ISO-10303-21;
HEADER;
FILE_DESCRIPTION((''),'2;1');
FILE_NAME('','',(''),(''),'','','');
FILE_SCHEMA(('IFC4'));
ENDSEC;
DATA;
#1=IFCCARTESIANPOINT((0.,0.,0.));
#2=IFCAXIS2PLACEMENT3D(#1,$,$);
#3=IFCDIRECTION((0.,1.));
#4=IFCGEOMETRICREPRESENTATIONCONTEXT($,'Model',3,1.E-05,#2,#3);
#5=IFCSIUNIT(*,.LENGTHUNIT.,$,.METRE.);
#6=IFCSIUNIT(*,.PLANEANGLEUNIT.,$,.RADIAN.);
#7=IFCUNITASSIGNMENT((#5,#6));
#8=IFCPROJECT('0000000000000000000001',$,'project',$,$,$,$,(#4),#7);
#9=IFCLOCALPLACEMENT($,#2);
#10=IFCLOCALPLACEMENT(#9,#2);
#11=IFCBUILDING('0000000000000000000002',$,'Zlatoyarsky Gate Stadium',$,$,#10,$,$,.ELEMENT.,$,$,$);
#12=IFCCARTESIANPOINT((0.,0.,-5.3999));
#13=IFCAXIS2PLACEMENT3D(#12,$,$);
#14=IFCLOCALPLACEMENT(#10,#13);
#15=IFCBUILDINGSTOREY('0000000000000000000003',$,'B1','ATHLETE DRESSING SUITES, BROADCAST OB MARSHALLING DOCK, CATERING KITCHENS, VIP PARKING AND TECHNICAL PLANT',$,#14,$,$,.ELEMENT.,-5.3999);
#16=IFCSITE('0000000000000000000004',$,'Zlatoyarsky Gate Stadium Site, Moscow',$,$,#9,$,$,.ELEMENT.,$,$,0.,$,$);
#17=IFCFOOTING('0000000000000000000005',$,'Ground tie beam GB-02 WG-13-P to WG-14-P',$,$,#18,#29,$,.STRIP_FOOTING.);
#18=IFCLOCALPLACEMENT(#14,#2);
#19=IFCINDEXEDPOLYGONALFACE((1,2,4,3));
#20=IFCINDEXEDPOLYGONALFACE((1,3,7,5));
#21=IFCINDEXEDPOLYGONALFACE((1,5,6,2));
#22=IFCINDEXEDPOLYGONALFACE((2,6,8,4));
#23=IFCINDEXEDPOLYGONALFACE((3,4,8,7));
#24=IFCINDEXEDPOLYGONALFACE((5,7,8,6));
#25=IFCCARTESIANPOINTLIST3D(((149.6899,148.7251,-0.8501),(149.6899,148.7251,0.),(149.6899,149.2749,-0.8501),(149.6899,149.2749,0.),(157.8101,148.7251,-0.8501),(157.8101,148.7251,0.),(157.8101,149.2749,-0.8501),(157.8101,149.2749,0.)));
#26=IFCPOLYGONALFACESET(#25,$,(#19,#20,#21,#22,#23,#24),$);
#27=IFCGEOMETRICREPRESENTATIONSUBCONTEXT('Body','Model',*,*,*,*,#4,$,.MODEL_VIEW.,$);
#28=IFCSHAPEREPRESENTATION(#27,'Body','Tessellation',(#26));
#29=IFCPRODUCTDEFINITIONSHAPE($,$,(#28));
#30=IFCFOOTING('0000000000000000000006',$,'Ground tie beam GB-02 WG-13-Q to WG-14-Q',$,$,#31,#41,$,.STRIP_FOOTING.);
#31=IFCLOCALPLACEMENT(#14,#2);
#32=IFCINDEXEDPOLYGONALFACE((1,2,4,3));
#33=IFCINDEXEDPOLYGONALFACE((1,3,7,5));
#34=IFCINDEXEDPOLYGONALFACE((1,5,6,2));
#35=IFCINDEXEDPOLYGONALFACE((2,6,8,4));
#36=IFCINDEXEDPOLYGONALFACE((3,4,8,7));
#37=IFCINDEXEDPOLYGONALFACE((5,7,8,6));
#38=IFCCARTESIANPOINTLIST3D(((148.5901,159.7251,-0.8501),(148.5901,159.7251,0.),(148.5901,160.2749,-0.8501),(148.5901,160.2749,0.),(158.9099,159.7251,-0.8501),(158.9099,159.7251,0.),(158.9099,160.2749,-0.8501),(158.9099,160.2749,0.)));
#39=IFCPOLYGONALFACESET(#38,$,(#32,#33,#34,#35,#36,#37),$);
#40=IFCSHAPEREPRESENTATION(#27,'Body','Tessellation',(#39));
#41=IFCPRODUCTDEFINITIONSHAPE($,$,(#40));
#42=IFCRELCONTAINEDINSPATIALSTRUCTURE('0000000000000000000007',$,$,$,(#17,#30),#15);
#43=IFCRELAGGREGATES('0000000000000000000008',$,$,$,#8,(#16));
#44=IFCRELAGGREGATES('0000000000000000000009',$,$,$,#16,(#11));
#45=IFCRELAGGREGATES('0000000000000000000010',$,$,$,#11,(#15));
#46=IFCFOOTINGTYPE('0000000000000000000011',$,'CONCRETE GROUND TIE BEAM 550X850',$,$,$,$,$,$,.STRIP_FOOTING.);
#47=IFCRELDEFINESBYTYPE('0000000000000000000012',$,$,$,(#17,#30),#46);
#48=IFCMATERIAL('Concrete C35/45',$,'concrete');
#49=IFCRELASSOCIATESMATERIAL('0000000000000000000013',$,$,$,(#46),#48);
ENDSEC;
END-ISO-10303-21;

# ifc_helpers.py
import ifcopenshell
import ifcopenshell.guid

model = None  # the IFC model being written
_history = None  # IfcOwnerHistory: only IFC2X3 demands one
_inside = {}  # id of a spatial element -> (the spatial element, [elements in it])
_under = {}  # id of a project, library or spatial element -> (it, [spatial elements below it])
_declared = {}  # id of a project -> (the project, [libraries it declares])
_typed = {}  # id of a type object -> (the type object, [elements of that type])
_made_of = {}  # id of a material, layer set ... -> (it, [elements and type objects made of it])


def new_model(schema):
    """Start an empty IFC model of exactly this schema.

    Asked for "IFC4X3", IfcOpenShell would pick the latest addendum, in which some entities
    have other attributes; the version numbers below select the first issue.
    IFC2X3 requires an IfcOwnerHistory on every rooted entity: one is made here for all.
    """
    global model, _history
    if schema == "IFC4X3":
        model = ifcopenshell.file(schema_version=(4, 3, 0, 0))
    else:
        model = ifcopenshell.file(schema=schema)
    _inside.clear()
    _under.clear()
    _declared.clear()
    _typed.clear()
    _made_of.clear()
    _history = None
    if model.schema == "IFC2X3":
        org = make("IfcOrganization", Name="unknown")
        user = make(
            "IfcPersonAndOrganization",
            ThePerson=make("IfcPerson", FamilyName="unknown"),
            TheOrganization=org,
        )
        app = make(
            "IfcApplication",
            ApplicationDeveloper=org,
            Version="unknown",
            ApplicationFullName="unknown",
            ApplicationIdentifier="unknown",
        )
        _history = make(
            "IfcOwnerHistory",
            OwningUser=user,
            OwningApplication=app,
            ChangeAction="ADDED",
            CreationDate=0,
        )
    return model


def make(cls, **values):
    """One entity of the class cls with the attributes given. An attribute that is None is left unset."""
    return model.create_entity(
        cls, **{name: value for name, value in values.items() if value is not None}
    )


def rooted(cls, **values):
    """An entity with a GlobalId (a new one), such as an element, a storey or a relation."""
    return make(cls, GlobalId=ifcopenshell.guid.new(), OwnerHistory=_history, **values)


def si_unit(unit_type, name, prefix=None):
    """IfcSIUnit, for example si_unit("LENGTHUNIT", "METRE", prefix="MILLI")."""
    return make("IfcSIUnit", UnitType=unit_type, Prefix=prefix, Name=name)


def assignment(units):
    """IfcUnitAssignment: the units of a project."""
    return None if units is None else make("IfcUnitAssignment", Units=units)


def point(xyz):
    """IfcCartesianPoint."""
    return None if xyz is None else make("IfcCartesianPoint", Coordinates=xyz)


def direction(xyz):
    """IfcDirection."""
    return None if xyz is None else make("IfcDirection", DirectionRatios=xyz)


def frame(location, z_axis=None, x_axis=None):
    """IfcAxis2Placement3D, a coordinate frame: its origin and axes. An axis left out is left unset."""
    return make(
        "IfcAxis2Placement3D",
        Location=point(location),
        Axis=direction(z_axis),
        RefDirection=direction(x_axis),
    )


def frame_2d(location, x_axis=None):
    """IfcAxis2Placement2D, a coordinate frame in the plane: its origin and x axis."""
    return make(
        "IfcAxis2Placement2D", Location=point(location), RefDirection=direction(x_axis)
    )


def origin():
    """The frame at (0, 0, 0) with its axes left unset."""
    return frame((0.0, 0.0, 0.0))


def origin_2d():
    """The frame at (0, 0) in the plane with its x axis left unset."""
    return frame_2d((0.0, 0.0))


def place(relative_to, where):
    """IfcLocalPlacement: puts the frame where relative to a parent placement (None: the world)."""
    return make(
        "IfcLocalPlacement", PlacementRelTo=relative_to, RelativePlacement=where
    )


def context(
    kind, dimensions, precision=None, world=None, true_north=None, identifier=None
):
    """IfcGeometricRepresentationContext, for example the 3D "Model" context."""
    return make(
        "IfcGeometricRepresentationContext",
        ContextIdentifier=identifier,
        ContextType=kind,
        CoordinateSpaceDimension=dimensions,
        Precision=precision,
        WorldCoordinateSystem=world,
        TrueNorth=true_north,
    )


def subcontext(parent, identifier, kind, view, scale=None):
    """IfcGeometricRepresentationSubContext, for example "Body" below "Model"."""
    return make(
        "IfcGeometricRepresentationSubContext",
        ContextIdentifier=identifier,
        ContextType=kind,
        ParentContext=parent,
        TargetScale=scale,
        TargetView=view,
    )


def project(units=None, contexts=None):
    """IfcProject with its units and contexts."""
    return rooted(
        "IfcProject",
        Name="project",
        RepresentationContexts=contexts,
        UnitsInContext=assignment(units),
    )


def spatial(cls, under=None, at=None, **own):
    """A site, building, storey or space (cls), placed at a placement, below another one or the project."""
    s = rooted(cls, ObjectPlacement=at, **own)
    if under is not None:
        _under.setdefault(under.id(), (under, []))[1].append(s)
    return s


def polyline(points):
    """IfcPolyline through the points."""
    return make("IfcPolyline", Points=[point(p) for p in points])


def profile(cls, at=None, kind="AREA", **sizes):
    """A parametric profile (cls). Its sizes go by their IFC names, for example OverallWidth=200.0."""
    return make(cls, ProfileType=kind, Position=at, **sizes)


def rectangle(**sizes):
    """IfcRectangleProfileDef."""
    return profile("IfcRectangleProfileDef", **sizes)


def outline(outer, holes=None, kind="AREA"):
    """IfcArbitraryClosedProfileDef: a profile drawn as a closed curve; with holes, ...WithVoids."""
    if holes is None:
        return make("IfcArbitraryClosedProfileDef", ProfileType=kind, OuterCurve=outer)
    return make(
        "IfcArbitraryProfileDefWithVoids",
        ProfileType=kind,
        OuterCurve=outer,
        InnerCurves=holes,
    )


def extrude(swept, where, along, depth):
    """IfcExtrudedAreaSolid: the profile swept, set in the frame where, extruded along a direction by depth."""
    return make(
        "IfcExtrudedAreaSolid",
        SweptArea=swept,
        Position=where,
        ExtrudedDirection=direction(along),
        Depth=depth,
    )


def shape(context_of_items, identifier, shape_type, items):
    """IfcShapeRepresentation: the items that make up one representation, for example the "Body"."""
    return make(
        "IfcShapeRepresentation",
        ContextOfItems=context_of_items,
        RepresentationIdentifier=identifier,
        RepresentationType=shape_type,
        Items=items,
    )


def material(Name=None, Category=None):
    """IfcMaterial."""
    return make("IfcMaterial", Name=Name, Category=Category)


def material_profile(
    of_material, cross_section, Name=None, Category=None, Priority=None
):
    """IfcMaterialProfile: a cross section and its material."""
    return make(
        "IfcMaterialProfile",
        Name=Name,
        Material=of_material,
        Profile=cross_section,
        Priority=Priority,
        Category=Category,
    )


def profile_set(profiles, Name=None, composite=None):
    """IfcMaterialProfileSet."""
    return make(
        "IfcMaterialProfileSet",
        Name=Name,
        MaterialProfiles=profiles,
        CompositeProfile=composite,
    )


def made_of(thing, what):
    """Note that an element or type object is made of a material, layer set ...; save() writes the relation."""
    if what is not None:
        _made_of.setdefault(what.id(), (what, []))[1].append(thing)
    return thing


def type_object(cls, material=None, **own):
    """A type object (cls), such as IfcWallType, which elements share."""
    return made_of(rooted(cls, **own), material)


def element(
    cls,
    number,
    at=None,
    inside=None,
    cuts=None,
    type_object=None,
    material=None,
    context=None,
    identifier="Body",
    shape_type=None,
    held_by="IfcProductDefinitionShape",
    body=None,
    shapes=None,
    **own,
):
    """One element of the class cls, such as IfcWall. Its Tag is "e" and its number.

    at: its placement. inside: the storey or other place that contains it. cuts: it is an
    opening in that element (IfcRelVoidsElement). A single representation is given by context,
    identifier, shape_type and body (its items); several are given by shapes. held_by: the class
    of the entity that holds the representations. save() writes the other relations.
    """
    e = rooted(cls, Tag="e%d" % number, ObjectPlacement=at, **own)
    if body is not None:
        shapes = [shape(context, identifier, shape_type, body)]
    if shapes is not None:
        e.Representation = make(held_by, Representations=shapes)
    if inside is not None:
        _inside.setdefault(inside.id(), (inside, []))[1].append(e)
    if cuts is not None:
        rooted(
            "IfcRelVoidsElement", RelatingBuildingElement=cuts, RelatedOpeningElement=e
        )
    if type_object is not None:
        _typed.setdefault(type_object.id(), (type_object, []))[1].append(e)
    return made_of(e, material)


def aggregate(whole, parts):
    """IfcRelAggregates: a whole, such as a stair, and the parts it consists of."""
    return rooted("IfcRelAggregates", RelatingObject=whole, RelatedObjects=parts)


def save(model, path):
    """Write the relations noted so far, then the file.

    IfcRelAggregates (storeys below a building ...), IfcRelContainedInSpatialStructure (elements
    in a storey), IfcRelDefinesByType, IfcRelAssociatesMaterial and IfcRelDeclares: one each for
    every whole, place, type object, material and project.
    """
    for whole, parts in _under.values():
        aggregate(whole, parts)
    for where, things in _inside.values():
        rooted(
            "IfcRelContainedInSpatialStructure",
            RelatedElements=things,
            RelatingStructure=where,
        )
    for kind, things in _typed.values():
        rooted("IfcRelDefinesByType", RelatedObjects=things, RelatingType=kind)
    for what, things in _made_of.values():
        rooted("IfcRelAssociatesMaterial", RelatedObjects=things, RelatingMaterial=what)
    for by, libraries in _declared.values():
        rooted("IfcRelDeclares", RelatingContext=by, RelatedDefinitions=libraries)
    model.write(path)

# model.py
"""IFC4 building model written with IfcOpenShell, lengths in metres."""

from ifc_helpers import new_model, si_unit, direction, frame, origin, origin_2d, place, context, subcontext, project, spatial, polyline, rectangle, outline, extrude, material, material_profile, profile_set, type_object, element, save


model = new_model("IFC4")

# Units and contexts
model_context = context("Model", 3, precision=1e-05, world=origin(), true_north=direction((0.0, 1.0)))
body_context = subcontext(model_context, "Body", "Model", "MODEL_VIEW")
ifc_project = project(units=[si_unit("LENGTHUNIT", "METRE"), si_unit("PLANEANGLEUNIT", "RADIAN")], contexts=[model_context])

# Site, building, storey
site_placement = place(None, origin())
site = spatial("IfcSite", under=ifc_project, at=site_placement, Name="Zlatoyarsky Gate Stadium Site, Moscow", CompositionType="ELEMENT", RefElevation=0.0)
building_placement = place(site_placement, origin())
building = spatial("IfcBuilding", under=site, at=building_placement, Name="Zlatoyarsky Gate Stadium", CompositionType="ELEMENT")
storey_placement = place(building_placement, frame((0.0, 0.0, -5.3999)))
storey = spatial("IfcBuildingStorey", under=building, at=storey_placement, Name="B1", Description="ATHLETE DRESSING SUITES, BROADCAST OB MARSHALLING DOCK, CATERING KITCHENS, VIP PARKING AND TECHNICAL PLANT", CompositionType="ELEMENT", Elevation=-5.3999)

# Footings
ifc_material = material(Name="Concrete C35/45", Category="concrete")
ifc_material_profile = material_profile(ifc_material, rectangle(XDim=0.55, YDim=0.8501, at=origin_2d()), Name="GB 550X850")
ifc_profile_set = profile_set([ifc_material_profile], Name="Concrete C35/45")
footing_type = type_object("IfcFootingType", Name="CONCRETE GROUND TIE BEAM 550X850", PredefinedType="STRIP_FOOTING", material=ifc_profile_set)
footing_1_placement = place(storey_placement, frame((0.0, 0.0, -0.8501)))
element("IfcFooting", 1, at=footing_1_placement, inside=storey, type_object=footing_type, Name="Ground tie beam GB-02 WG-13-P to WG-14-P", PredefinedType="STRIP_FOOTING", context=body_context, shape_type="SweptSolid", body=[
    extrude(outline(polyline([(149.6899, 148.7251), (157.8101, 148.7251), (157.8101, 149.2749), (149.6899, 149.2749), (149.6899, 148.7251)])), origin(), (0.0, 0.0, 1.0), 0.8501),
])
footing_2_placement = place(storey_placement, frame((0.0, 0.0, -0.8501)))
element("IfcFooting", 2, at=footing_2_placement, inside=storey, type_object=footing_type, Name="Ground tie beam GB-02 WG-13-Q to WG-14-Q", PredefinedType="STRIP_FOOTING", context=body_context, shape_type="SweptSolid", body=[
    extrude(outline(polyline([(148.5901, 159.7251), (158.9099, 159.7251), (158.9099, 160.2749), (148.5901, 160.2749), (148.5901, 159.7251)])), origin(), (0.0, 0.0, 1.0), 0.8501),
])

save(model, "model.ifc")
